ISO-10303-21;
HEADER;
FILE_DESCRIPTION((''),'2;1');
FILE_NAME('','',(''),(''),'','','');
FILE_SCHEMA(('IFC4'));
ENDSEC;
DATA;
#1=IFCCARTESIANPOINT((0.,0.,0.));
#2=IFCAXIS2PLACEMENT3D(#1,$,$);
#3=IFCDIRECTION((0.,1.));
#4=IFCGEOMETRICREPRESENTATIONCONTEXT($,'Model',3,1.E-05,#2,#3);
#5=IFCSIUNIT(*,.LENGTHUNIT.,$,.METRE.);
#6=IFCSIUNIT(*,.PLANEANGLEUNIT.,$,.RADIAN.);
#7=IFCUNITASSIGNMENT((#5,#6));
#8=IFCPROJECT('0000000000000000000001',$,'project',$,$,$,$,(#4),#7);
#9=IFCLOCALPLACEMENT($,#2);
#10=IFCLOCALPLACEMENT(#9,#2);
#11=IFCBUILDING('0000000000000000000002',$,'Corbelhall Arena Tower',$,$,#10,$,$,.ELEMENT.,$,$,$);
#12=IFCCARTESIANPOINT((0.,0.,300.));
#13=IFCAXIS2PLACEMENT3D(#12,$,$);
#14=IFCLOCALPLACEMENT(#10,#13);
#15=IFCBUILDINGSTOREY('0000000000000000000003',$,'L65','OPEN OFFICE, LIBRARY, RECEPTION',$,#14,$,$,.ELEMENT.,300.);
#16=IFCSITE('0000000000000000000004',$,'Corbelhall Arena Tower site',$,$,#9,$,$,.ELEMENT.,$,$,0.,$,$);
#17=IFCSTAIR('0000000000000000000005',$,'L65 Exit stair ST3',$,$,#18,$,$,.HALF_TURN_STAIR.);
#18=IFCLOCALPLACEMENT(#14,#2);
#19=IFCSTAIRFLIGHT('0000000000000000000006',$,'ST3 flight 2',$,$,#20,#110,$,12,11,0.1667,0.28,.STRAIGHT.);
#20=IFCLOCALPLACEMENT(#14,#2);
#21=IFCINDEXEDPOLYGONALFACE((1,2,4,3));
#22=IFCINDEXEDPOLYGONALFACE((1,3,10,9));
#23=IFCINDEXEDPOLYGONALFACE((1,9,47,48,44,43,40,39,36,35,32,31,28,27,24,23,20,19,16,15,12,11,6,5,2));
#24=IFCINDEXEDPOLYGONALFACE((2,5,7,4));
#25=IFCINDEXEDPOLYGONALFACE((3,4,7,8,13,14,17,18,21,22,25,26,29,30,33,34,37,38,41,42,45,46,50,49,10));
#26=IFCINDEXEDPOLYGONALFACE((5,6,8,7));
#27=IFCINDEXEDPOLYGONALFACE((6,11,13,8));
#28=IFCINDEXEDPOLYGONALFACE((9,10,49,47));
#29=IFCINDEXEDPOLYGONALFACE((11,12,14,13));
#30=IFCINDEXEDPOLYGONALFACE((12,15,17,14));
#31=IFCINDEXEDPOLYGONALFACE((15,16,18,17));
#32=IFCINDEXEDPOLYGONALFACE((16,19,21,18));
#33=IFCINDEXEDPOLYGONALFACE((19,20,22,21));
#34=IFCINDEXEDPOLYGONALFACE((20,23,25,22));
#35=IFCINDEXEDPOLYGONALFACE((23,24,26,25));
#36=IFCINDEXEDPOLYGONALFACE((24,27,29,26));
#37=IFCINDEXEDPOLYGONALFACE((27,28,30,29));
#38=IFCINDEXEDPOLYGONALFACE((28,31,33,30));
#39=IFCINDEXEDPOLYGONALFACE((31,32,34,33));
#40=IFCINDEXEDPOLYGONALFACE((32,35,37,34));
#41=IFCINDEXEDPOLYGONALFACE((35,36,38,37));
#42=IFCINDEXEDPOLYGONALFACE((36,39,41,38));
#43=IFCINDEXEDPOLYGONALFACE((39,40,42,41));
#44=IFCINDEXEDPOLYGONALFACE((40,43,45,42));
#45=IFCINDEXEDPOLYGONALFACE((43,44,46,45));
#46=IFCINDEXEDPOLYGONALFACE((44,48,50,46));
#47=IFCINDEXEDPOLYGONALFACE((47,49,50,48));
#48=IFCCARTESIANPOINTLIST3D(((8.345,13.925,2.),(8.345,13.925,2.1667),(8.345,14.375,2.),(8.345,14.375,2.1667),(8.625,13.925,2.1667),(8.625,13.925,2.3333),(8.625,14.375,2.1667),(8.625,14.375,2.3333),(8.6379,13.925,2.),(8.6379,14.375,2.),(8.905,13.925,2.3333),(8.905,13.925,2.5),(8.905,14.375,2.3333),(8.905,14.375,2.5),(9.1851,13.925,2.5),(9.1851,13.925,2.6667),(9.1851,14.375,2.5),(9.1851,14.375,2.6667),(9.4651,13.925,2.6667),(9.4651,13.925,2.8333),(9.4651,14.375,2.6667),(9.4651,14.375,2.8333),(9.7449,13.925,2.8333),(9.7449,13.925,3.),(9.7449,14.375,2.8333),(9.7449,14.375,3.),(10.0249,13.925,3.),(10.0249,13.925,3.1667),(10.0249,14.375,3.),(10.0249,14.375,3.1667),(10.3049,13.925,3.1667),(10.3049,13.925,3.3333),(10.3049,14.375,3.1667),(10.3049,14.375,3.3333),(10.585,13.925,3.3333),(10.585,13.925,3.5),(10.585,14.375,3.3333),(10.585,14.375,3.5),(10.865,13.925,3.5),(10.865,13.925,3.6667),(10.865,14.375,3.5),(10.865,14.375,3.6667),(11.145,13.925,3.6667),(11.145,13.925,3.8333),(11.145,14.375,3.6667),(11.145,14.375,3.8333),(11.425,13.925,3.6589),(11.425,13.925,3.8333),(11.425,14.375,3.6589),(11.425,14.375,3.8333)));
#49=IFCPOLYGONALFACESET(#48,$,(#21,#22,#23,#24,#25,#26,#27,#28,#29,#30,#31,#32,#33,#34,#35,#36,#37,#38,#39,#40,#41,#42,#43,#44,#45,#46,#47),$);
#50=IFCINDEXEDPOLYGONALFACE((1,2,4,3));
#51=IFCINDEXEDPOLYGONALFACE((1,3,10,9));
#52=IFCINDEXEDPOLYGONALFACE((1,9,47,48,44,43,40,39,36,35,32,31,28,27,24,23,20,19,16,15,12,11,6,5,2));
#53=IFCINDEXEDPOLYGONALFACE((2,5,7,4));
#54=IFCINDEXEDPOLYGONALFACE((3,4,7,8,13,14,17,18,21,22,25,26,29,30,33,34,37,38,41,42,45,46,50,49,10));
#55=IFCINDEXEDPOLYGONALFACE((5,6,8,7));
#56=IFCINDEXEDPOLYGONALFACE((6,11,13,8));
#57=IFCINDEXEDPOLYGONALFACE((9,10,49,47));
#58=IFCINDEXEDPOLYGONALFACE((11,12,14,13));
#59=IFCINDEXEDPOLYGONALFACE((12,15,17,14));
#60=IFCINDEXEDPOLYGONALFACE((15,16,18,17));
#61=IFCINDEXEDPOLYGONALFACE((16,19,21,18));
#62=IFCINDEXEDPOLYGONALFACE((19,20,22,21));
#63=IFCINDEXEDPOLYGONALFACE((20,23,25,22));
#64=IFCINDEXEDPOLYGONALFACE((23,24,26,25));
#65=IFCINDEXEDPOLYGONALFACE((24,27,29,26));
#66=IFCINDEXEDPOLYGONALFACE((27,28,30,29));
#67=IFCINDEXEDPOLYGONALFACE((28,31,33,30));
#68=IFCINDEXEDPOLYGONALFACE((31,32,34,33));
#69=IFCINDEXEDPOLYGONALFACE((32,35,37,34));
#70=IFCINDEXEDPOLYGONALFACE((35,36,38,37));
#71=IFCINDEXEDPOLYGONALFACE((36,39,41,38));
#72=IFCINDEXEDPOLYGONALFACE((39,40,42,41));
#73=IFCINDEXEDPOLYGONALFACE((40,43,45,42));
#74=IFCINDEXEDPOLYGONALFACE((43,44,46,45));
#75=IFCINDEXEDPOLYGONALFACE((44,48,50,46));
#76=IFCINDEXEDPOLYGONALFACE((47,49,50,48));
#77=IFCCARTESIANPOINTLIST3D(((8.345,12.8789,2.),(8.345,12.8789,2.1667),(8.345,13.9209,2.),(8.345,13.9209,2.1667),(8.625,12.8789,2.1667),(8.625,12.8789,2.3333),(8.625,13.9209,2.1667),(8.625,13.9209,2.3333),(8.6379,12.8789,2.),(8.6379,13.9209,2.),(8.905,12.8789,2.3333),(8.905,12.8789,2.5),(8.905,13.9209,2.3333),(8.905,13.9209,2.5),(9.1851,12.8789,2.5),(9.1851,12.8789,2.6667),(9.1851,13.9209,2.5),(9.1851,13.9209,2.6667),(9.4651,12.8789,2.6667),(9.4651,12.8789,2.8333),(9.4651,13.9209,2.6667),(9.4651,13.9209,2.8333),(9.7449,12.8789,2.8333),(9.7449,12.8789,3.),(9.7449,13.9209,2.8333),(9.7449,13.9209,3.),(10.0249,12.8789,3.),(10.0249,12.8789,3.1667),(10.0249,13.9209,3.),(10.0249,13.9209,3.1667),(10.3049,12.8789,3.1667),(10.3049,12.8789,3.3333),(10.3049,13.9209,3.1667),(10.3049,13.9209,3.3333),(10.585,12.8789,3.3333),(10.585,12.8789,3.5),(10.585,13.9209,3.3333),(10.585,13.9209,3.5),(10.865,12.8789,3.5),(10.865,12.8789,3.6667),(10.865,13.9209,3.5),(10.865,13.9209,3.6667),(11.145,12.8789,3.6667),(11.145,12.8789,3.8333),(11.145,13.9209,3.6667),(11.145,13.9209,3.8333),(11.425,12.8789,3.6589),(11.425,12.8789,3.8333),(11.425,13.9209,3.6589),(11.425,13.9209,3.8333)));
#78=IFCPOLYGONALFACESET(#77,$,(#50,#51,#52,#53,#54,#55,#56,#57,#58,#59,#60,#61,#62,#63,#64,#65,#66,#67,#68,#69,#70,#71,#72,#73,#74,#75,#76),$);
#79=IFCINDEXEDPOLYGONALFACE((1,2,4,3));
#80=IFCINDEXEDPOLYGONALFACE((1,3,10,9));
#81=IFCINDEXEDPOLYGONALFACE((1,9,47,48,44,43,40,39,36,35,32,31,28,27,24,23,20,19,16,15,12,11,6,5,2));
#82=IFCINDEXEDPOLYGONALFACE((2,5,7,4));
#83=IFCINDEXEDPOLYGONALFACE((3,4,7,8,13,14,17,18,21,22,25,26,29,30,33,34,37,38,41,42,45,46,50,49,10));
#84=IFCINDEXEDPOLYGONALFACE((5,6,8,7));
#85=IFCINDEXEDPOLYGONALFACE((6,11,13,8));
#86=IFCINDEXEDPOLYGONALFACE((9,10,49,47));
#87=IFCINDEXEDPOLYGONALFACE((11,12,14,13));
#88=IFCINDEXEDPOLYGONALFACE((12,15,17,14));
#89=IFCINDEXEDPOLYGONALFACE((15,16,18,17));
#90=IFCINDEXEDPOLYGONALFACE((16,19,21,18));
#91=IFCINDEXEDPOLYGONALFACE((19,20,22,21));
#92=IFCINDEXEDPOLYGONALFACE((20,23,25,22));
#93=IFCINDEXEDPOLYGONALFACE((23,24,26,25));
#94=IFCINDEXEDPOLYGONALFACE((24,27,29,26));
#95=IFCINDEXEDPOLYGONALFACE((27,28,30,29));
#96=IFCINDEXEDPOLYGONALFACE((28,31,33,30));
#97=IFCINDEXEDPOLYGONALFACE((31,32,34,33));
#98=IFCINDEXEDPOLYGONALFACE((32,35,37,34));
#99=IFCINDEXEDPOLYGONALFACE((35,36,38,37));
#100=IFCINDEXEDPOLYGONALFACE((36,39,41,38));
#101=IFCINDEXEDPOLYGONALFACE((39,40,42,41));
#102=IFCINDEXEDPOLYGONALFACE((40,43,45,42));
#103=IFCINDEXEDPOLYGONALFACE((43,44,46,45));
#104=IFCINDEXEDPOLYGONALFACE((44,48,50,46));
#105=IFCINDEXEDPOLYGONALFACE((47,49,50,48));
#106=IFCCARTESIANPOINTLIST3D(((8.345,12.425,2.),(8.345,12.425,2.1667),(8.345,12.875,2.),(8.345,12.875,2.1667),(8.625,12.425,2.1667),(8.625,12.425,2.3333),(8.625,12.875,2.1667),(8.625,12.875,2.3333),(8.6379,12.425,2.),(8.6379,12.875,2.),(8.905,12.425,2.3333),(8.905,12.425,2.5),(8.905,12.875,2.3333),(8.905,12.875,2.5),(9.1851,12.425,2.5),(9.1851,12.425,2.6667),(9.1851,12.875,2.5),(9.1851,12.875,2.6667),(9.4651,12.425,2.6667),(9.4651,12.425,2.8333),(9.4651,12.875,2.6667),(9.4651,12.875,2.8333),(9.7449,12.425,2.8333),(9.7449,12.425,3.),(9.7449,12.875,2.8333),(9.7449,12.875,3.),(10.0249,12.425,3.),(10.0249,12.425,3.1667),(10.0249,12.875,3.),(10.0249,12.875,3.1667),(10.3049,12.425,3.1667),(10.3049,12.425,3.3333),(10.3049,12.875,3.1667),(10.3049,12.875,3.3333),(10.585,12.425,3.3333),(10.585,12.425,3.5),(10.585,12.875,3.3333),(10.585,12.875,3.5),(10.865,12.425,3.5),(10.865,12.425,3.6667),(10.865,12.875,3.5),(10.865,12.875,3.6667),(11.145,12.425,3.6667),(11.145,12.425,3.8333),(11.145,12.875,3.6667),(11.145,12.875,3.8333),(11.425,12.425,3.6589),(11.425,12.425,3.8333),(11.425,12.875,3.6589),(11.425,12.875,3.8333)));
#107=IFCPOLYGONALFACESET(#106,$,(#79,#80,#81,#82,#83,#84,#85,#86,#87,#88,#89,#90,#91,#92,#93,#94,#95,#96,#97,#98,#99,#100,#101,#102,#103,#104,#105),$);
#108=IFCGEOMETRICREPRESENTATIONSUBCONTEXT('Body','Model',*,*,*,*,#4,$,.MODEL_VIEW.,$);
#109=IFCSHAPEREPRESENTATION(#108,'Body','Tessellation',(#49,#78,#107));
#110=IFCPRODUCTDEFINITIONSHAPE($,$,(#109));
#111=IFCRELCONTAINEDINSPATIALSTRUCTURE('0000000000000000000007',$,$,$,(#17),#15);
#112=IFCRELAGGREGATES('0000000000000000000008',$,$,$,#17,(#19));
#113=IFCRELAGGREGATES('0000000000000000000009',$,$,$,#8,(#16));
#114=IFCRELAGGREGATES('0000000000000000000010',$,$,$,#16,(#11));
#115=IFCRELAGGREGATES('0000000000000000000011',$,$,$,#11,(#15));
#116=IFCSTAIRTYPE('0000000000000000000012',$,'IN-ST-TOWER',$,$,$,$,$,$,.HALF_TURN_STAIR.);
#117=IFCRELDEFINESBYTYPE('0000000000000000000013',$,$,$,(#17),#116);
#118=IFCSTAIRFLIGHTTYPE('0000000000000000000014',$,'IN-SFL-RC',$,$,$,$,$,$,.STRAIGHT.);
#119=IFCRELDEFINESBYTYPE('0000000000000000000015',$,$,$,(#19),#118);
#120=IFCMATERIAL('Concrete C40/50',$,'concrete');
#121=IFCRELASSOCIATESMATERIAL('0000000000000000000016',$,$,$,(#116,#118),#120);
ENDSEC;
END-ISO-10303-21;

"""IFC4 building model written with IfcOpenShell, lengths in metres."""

from ifc_helpers import new_model, si_unit, direction, frame, origin, place, context, subcontext, project, spatial, polyline, outline, extrude, material, type_object, element, aggregate, save


model = new_model("IFC4")

# Units and contexts
model_context = context("Model", 3, precision=1e-05, world=origin(), true_north=direction((0.0, 1.0)))
body_context = subcontext(model_context, "Body", "Model", "MODEL_VIEW")
ifc_project = project(units=[si_unit("LENGTHUNIT", "METRE"), si_unit("PLANEANGLEUNIT", "RADIAN")], contexts=[model_context])

# Site, building, storey
site_placement = place(None, origin())
site = spatial("IfcSite", under=ifc_project, at=site_placement, Name="Corbelhall Arena Tower site", CompositionType="ELEMENT", RefElevation=0.0)
building_placement = place(site_placement, origin())
building = spatial("IfcBuilding", under=site, at=building_placement, Name="Corbelhall Arena Tower", CompositionType="ELEMENT")
storey_placement = place(building_placement, frame((0.0, 0.0, 300.0)))
storey = spatial("IfcBuildingStorey", under=building, at=storey_placement, Name="L65", Description="OPEN OFFICE, LIBRARY, RECEPTION", CompositionType="ELEMENT", Elevation=300.0)

# Shared definitions
ifc_material_1 = material(Name="Concrete C40/50", Category="concrete")

# Stair, stair flight
stair_type = type_object("IfcStairType", Name="IN-ST-TOWER", PredefinedType="HALF_TURN_STAIR", material=ifc_material_1)
stair_placement = place(storey_placement, origin())
stair = element("IfcStair", 1, at=stair_placement, inside=storey, type_object=stair_type, Name="L65 Exit stair ST3", PredefinedType="HALF_TURN_STAIR")
stair_flight_type = type_object("IfcStairFlightType", Name="IN-SFL-RC", PredefinedType="STRAIGHT", material=ifc_material_1)
stair_flight_1_placement = place(storey_placement, frame((8.345, 13.3999, 2.0), z_axis=(0.0, 0.0, 1.0), x_axis=(1.0, 0.0, 0.0)))
stair_flight_1 = element("IfcStairFlight", 2, at=stair_flight_1_placement, type_object=stair_flight_type, Name="ST3 flight 2", NumberOfRisers=12, NumberOfTreads=11, PredefinedType="STRAIGHT", RiserHeight=0.1667, TreadLength=0.28, context=body_context, shape_type="SweptSolid", body=[
    extrude(outline(polyline([(0.0, 0.0), (0.0, 0.1667), (0.28, 0.1667), (0.28, 0.3333), (0.5601, 0.3333), (0.5601, 0.5), (0.8401, 0.5), (0.8401, 0.6667), (1.1201, 0.6667), (1.1201, 0.8333), (1.3999, 0.8333), (1.3999, 1.0), (1.6799, 1.0), (1.6799, 1.1667), (1.96, 1.1667), (1.96, 1.3333), (2.24, 1.3333), (2.24, 1.5), (2.52, 1.5), (2.52, 1.6667), (2.8, 1.6667), (2.8, 1.8333), (3.0801, 1.8333), (3.0801, 2.0), (3.0801, 1.6589), (0.293, 0.0), (0.0, 0.0)])), frame((0.0, 0.9751, 0.0), z_axis=(0.0, -1.0, 0.0), x_axis=(1.0, 0.0, 0.0)), (0.0, 0.0, 1.0), 0.45),
    extrude(outline(polyline([(0.0, 0.0), (0.0, 0.1667), (0.28, 0.1667), (0.28, 0.3333), (0.5601, 0.3333), (0.5601, 0.5), (0.8401, 0.5), (0.8401, 0.6667), (1.1201, 0.6667), (1.1201, 0.8333), (1.3999, 0.8333), (1.3999, 1.0), (1.6799, 1.0), (1.6799, 1.1667), (1.96, 1.1667), (1.96, 1.3333), (2.24, 1.3333), (2.24, 1.5), (2.52, 1.5), (2.52, 1.6667), (2.8, 1.6667), (2.8, 1.8333), (3.0801, 1.8333), (3.0801, 2.0), (3.0801, 1.6589), (0.293, 0.0), (0.0, 0.0)])), frame((0.0, 0.521, 0.0), z_axis=(0.0, -1.0, 0.0), x_axis=(1.0, 0.0, 0.0)), (0.0, 0.0, 1.0), 1.042),
    extrude(outline(polyline([(0.0, 0.0), (0.0, 0.1667), (0.28, 0.1667), (0.28, 0.3333), (0.5601, 0.3333), (0.5601, 0.5), (0.8401, 0.5), (0.8401, 0.6667), (1.1201, 0.6667), (1.1201, 0.8333), (1.3999, 0.8333), (1.3999, 1.0), (1.6799, 1.0), (1.6799, 1.1667), (1.96, 1.1667), (1.96, 1.3333), (2.24, 1.3333), (2.24, 1.5), (2.52, 1.5), (2.52, 1.6667), (2.8, 1.6667), (2.8, 1.8333), (3.0801, 1.8333), (3.0801, 2.0), (3.0801, 1.6589), (0.293, 0.0), (0.0, 0.0)])), frame((0.0, -0.5249, 0.0), z_axis=(0.0, -1.0, 0.0), x_axis=(1.0, 0.0, 0.0)), (0.0, 0.0, 1.0), 0.45),
])
aggregate(stair, [stair_flight_1])

save(model, "model.ifc")
